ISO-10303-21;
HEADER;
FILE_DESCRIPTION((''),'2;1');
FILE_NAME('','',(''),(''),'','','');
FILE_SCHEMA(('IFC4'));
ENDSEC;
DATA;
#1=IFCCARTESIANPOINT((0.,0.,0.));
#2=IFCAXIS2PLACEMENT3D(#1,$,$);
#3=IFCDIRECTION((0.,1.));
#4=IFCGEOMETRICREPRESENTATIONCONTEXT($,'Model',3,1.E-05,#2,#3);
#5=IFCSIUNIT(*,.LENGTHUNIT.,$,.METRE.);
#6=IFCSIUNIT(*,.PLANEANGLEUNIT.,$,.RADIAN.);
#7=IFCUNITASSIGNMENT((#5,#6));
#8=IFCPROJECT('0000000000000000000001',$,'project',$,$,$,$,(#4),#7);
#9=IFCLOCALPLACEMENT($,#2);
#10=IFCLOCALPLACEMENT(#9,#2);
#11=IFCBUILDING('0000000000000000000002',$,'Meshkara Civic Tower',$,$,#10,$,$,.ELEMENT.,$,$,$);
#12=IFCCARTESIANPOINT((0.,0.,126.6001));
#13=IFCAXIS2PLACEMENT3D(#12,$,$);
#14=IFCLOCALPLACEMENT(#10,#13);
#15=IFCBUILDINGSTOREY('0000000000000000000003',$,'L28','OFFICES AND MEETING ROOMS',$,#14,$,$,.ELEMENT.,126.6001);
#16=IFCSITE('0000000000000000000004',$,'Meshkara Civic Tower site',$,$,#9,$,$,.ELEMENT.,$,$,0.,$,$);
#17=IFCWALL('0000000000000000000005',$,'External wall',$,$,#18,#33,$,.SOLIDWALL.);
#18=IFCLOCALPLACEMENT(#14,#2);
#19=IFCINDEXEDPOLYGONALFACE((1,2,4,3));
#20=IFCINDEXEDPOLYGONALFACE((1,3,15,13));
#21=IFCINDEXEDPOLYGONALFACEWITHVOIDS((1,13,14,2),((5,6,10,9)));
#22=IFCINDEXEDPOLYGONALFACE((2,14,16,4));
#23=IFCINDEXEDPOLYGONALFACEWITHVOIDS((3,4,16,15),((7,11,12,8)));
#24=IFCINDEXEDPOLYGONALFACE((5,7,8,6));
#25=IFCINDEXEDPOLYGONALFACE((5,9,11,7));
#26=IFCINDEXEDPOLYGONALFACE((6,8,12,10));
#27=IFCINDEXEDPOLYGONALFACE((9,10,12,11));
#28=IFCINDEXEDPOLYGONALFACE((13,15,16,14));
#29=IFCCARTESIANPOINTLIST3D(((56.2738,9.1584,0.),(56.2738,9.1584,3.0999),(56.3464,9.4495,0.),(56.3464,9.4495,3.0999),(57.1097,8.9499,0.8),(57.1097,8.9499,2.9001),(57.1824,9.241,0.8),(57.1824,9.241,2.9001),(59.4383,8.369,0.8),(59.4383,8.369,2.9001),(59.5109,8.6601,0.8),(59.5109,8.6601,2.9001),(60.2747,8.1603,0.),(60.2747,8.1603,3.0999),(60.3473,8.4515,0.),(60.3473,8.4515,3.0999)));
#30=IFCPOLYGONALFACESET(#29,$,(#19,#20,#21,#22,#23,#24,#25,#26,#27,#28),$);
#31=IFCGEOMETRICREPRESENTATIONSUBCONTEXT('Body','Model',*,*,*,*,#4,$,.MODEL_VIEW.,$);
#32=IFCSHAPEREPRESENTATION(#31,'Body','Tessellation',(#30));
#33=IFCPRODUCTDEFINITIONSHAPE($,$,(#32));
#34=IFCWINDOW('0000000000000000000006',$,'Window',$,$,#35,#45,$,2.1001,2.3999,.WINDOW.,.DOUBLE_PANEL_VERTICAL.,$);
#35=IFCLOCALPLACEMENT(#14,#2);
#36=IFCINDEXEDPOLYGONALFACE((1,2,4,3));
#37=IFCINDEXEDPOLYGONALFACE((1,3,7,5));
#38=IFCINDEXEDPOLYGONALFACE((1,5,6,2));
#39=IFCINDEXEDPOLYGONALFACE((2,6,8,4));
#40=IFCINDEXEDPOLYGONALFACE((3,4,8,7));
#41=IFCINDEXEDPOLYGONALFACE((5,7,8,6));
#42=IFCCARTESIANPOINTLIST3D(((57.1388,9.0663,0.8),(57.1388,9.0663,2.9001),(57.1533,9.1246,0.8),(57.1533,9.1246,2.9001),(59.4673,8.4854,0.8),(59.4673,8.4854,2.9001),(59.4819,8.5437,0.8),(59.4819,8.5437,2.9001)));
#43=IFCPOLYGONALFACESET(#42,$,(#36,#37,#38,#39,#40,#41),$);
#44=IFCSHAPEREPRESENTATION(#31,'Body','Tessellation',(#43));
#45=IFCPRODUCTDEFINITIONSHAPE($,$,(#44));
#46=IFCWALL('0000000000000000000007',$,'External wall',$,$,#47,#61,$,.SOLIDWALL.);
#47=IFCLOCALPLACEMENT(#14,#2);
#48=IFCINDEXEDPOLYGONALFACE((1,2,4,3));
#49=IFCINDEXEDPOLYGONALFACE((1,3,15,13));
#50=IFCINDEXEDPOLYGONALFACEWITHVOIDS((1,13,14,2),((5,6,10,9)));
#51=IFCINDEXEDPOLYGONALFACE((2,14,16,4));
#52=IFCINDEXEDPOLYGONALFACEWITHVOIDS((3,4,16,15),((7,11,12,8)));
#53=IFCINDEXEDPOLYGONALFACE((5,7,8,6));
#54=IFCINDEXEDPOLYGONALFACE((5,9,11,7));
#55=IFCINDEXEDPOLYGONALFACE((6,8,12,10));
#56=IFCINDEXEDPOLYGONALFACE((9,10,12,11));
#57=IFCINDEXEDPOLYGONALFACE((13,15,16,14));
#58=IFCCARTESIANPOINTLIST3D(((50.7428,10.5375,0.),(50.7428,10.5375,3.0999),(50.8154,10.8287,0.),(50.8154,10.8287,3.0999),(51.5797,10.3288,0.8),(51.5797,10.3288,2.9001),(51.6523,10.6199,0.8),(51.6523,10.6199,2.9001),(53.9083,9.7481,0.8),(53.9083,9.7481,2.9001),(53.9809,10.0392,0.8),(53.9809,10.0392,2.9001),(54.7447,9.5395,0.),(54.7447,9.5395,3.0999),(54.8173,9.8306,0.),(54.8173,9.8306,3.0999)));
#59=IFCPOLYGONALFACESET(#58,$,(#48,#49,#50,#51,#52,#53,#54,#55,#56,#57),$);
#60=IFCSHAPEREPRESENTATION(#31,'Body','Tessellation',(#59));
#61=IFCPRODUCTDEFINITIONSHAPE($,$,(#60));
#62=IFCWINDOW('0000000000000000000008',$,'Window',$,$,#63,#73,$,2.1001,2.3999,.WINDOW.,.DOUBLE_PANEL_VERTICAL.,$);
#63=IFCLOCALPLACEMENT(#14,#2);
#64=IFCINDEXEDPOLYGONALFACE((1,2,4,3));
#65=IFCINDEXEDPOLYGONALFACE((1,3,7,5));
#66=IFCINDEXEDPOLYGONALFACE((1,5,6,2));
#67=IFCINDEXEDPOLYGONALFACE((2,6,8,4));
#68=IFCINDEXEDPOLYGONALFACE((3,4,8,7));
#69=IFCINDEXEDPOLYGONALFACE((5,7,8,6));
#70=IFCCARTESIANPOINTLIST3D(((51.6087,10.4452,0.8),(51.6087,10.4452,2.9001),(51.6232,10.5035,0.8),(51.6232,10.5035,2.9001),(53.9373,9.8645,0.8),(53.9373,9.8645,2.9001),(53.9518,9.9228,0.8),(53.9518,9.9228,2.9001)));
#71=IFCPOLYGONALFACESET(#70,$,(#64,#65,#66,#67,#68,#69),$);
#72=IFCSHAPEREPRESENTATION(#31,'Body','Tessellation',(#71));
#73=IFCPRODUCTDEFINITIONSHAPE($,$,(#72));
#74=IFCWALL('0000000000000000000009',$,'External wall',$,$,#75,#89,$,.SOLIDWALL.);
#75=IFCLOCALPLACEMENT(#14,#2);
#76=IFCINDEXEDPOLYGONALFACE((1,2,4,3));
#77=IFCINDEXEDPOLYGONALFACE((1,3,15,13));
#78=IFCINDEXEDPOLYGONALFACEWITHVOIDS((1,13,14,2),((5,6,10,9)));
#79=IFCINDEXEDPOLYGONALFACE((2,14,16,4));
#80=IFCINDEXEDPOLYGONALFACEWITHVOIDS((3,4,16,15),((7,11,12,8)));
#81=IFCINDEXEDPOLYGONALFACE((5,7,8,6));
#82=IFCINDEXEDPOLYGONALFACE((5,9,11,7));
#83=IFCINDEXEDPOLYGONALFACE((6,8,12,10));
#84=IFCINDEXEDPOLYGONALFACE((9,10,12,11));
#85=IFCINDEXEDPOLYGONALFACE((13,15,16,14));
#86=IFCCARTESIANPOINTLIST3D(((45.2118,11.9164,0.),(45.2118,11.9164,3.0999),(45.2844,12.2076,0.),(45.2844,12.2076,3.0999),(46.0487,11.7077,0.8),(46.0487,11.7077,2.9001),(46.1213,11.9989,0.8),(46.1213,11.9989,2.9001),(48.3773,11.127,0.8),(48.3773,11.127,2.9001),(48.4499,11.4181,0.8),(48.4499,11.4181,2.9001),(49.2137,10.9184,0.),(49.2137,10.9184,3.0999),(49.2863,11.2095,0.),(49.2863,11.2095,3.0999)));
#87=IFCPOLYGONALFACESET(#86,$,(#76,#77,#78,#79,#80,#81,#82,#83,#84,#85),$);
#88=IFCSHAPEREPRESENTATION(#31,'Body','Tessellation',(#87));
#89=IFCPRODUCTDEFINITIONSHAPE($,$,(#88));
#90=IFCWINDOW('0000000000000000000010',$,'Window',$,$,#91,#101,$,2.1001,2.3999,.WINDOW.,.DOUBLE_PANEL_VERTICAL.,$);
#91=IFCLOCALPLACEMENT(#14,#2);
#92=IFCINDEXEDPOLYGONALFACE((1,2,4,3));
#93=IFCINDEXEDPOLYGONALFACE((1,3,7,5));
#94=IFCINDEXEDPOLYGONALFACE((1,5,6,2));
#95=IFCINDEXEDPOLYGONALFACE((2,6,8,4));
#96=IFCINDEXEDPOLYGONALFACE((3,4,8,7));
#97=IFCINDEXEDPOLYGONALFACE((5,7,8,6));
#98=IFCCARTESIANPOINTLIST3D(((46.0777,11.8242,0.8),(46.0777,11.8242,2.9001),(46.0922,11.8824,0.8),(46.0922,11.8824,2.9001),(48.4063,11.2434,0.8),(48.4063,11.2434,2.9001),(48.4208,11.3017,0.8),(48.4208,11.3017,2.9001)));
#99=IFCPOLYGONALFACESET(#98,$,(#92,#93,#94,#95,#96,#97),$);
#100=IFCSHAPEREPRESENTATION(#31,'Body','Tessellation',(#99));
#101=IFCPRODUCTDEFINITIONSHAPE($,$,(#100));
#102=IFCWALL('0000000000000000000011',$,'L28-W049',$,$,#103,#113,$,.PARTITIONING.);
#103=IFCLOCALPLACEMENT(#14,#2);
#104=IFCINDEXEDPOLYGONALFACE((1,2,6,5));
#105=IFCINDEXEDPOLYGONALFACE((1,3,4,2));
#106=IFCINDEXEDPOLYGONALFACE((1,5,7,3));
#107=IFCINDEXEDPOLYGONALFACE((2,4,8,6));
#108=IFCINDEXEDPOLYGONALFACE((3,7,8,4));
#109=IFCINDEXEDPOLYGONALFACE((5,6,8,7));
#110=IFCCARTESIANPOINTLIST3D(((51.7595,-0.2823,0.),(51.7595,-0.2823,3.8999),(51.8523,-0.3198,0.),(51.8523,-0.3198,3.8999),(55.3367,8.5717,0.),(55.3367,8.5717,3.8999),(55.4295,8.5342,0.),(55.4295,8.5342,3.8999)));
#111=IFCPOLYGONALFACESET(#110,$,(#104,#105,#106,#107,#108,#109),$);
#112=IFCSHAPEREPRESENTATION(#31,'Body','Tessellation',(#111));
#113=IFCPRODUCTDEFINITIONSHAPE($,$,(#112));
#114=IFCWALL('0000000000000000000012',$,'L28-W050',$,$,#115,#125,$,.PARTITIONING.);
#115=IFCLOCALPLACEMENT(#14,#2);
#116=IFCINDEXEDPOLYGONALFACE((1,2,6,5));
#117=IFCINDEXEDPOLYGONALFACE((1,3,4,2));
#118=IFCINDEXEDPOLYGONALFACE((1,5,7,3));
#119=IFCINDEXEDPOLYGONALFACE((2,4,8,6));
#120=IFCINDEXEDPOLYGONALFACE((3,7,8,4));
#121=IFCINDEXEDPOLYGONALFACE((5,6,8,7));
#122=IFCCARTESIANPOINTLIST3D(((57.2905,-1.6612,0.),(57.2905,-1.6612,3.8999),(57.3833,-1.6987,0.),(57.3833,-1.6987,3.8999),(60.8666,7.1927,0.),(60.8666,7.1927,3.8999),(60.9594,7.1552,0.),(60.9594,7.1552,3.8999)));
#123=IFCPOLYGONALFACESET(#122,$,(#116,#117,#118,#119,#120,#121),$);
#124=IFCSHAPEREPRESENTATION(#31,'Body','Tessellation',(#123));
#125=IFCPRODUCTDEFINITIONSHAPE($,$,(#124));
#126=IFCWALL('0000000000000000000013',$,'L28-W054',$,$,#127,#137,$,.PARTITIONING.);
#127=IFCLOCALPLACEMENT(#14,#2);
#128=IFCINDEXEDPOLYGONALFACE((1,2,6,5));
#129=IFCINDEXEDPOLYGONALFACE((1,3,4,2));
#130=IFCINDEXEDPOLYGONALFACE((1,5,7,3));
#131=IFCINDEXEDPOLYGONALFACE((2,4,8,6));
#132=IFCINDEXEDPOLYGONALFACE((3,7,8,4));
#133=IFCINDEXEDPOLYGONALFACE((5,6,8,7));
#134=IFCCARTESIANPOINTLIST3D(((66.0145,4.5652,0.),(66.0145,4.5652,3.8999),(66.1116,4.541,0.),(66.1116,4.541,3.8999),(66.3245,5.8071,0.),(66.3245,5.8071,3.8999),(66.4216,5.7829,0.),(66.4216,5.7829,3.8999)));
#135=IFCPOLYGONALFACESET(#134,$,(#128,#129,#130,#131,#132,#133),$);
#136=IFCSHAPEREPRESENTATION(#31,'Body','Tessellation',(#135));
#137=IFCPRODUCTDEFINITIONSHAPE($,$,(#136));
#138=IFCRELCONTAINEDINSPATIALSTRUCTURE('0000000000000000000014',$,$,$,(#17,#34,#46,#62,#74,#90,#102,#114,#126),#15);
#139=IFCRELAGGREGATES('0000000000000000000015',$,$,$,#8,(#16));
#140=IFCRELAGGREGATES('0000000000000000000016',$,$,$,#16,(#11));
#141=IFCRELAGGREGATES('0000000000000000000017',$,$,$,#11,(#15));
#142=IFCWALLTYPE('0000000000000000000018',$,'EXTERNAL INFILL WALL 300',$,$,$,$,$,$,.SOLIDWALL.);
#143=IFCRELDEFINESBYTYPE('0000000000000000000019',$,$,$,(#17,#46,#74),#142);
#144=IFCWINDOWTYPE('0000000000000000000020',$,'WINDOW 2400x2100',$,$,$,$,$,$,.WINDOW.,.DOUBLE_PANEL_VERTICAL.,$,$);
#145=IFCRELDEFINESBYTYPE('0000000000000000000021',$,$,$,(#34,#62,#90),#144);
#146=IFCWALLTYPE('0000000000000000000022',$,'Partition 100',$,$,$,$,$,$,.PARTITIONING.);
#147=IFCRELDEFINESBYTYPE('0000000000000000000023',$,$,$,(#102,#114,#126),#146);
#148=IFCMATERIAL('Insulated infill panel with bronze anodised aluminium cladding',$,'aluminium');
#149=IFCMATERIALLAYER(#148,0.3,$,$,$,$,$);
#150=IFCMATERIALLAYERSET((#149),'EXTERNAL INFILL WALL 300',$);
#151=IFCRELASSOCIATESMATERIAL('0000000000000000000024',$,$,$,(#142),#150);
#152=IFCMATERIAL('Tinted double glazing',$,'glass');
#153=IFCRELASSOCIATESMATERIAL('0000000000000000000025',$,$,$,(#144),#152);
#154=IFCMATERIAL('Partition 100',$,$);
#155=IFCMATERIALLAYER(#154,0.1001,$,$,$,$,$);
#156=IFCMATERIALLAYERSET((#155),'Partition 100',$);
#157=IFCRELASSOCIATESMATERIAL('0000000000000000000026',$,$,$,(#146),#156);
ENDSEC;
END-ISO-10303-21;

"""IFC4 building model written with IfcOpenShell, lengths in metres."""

from ifc_helpers import new_model, si_unit, direction, frame, frame_2d, origin, place, context, subcontext, project, spatial, rectangle, extrude, material, layer, layer_set, type_object, element, fill, save


model = new_model("IFC4")

# Units and contexts
model_context = context("Model", 3, precision=1e-05, world=origin(), true_north=direction((0.0, 1.0)))
body_context = subcontext(model_context, "Body", "Model", "MODEL_VIEW")
ifc_project = project(units=[si_unit("LENGTHUNIT", "METRE"), si_unit("PLANEANGLEUNIT", "RADIAN")], contexts=[model_context])

# Site, building, storey
site_placement = place(None, origin())
site = spatial("IfcSite", under=ifc_project, at=site_placement, Name="Meshkara Civic Tower site", CompositionType="ELEMENT", RefElevation=0.0)
building_placement = place(site_placement, origin())
building = spatial("IfcBuilding", under=site, at=building_placement, Name="Meshkara Civic Tower", CompositionType="ELEMENT")
storey_placement = place(building_placement, frame((0.0, 0.0, 126.6001)))
storey = spatial("IfcBuildingStorey", under=building, at=storey_placement, Name="L28", Description="OFFICES AND MEETING ROOMS", CompositionType="ELEMENT", Elevation=126.6001)

# Walls, openings, windows
ifc_material_1 = material(Name="Insulated infill panel with bronze anodised aluminium cladding", Category="aluminium")
ifc_layer_1 = layer(ifc_material_1, 0.3)
ifc_layer_set_1 = layer_set([ifc_layer_1], Name="EXTERNAL INFILL WALL 300")
wall_type_1 = type_object("IfcWallType", Name="EXTERNAL INFILL WALL 300", PredefinedType="SOLIDWALL", material=ifc_layer_set_1)
ifc_material_2 = material(Name="Tinted double glazing", Category="glass")
window_type = type_object("IfcWindowType", Name="WINDOW 2400x2100", PartitioningType="DOUBLE_PANEL_VERTICAL", PredefinedType="WINDOW", material=ifc_material_2)
wall_1_placement = place(storey_placement, frame((60.311, 8.3059, 0.0), z_axis=(0.0, 0.0, 1.0), x_axis=(-0.970268, 0.242034, 0.0)))
wall_1 = element("IfcWall", 1, at=wall_1_placement, inside=storey, type_object=wall_type_1, Name="External wall", PredefinedType="SOLIDWALL", context=body_context, shape_type="SweptSolid", body=[
    extrude(rectangle(XDim=4.1235, YDim=0.3, at=frame_2d((2.0618, 0.0))), origin(), (0.0, 0.0, 1.0), 3.0999),
])
opening_1_placement = place(wall_1_placement, frame((0.8621, 0.0, 0.8)))
opening_1 = element("IfcOpeningElement", 2, at=opening_1_placement, cuts=wall_1, PredefinedType="OPENING", context=body_context, shape_type="SweptSolid", body=[
    extrude(rectangle(XDim=2.3999, YDim=2.1001, at=frame_2d((1.2, 1.05))), frame((0.0, 0.1599, 0.0), z_axis=(0.0, -1.0, 0.0), x_axis=(1.0, 0.0, 0.0)), (0.0, 0.0, 1.0), 0.3201),
])
window_1_placement = place(opening_1_placement, origin())
window_1 = element("IfcWindow", 3, at=window_1_placement, inside=storey, type_object=window_type, Name="Window", OverallHeight=2.1001, OverallWidth=2.3999, PartitioningType="DOUBLE_PANEL_VERTICAL", PredefinedType="WINDOW", context=body_context, shape_type="SweptSolid", body=[
    extrude(rectangle(XDim=2.3999, YDim=2.1001, at=frame_2d((1.2, 1.05))), frame((0.0, 0.03, 0.0), z_axis=(0.0, -1.0, 0.0), x_axis=(1.0, 0.0, 0.0)), (0.0, 0.0, 1.0), 0.0601),
])
fill(opening_1, window_1)
wall_2_placement = place(storey_placement, frame((54.781, 9.6851, 0.0), z_axis=(0.0, 0.0, 1.0), x_axis=(-0.970282, 0.241978, 0.0)))
wall_2 = element("IfcWall", 4, at=wall_2_placement, inside=storey, type_object=wall_type_1, Name="External wall", PredefinedType="SOLIDWALL", context=body_context, shape_type="SweptSolid", body=[
    extrude(rectangle(XDim=4.1245, YDim=0.3, at=frame_2d((2.0623, 0.0))), origin(), (0.0, 0.0, 1.0), 3.0999),
])
opening_2_placement = place(wall_2_placement, frame((0.8621, 0.0, 0.8)))
opening_2 = element("IfcOpeningElement", 5, at=opening_2_placement, cuts=wall_2, PredefinedType="OPENING", context=body_context, shape_type="SweptSolid", body=[
    extrude(rectangle(XDim=2.3999, YDim=2.1001, at=frame_2d((1.2, 1.05))), frame((0.0, 0.1599, 0.0), z_axis=(0.0, -1.0, 0.0), x_axis=(1.0, 0.0, 0.0)), (0.0, 0.0, 1.0), 0.3201),
])
window_2_placement = place(opening_2_placement, origin())
window_2 = element("IfcWindow", 6, at=window_2_placement, inside=storey, type_object=window_type, Name="Window", OverallHeight=2.1001, OverallWidth=2.3999, PartitioningType="DOUBLE_PANEL_VERTICAL", PredefinedType="WINDOW", context=body_context, shape_type="SweptSolid", body=[
    extrude(rectangle(XDim=2.3999, YDim=2.1001, at=frame_2d((1.2, 1.05))), frame((0.0, 0.03, 0.0), z_axis=(0.0, -1.0, 0.0), x_axis=(1.0, 0.0, 0.0)), (0.0, 0.0, 1.0), 0.0601),
])
fill(opening_2, window_2)
wall_3_placement = place(storey_placement, frame((49.25, 11.064, 0.0), z_axis=(0.0, 0.0, 1.0), x_axis=(-0.970282, 0.241978, 0.0)))
wall_3 = element("IfcWall", 7, at=wall_3_placement, inside=storey, type_object=wall_type_1, Name="External wall", PredefinedType="SOLIDWALL", context=body_context, shape_type="SweptSolid", body=[
    extrude(rectangle(XDim=4.1245, YDim=0.3, at=frame_2d((2.0623, 0.0))), origin(), (0.0, 0.0, 1.0), 3.0999),
])
opening_3_placement = place(wall_3_placement, frame((0.8621, 0.0, 0.8)))
opening_3 = element("IfcOpeningElement", 8, at=opening_3_placement, cuts=wall_3, PredefinedType="OPENING", context=body_context, shape_type="SweptSolid", body=[
    extrude(rectangle(XDim=2.3999, YDim=2.1001, at=frame_2d((1.2, 1.05))), frame((0.0, 0.1599, 0.0), z_axis=(0.0, -1.0, 0.0), x_axis=(1.0, 0.0, 0.0)), (0.0, 0.0, 1.0), 0.3201),
])
window_3_placement = place(opening_3_placement, origin())
window_3 = element("IfcWindow", 9, at=window_3_placement, inside=storey, type_object=window_type, Name="Window", OverallHeight=2.1001, OverallWidth=2.3999, PartitioningType="DOUBLE_PANEL_VERTICAL", PredefinedType="WINDOW", context=body_context, shape_type="SweptSolid", body=[
    extrude(rectangle(XDim=2.3999, YDim=2.1001, at=frame_2d((1.2, 1.05))), frame((0.0, 0.03, 0.0), z_axis=(0.0, -1.0, 0.0), x_axis=(1.0, 0.0, 0.0)), (0.0, 0.0, 1.0), 0.0601),
])
fill(opening_3, window_3)

# Walls
ifc_material_3 = material(Name="Partition 100")
ifc_layer_2 = layer(ifc_material_3, 0.1001)
ifc_layer_set_2 = layer_set([ifc_layer_2], Name="Partition 100")
wall_type_2 = type_object("IfcWallType", Name="Partition 100", PredefinedType="PARTITIONING", material=ifc_layer_set_2)
wall_4_placement = place(storey_placement, frame((51.8059, -0.301, 0.0), z_axis=(0.0, 0.0, 1.0), x_axis=(0.374597, 0.927188, 0.0)))
element("IfcWall", 10, at=wall_4_placement, inside=storey, type_object=wall_type_2, Name="L28-W049", PredefinedType="PARTITIONING", context=body_context, shape_type="SweptSolid", body=[
    extrude(rectangle(XDim=9.5493, YDim=0.1001, at=frame_2d((4.7747, 0.0))), origin(), (0.0, 0.0, 1.0), 3.8999),
])
wall_5_placement = place(storey_placement, frame((57.3369, -1.6799, 0.0), z_axis=(0.0, 0.0, 1.0), x_axis=(0.37451, 0.927223, 0.0)))
element("IfcWall", 11, at=wall_5_placement, inside=storey, type_object=wall_type_2, Name="L28-W050", PredefinedType="PARTITIONING", context=body_context, shape_type="SweptSolid", body=[
    extrude(rectangle(XDim=9.5488, YDim=0.1001, at=frame_2d((4.7744, 0.0))), origin(), (0.0, 0.0, 1.0), 3.8999),
])
wall_6_placement = place(storey_placement, frame((66.063, 4.553, 0.0), z_axis=(0.0, 0.0, 1.0), x_axis=(0.242221, 0.970221, 0.0)))
element("IfcWall", 12, at=wall_6_placement, inside=storey, type_object=wall_type_2, Name="L28-W054", PredefinedType="PARTITIONING", context=body_context, shape_type="SweptSolid", body=[
    extrude(rectangle(XDim=1.28, YDim=0.1001, at=frame_2d((0.6401, 0.0))), origin(), (0.0, 0.0, 1.0), 3.8999),
])

save(model, "model.ifc")
